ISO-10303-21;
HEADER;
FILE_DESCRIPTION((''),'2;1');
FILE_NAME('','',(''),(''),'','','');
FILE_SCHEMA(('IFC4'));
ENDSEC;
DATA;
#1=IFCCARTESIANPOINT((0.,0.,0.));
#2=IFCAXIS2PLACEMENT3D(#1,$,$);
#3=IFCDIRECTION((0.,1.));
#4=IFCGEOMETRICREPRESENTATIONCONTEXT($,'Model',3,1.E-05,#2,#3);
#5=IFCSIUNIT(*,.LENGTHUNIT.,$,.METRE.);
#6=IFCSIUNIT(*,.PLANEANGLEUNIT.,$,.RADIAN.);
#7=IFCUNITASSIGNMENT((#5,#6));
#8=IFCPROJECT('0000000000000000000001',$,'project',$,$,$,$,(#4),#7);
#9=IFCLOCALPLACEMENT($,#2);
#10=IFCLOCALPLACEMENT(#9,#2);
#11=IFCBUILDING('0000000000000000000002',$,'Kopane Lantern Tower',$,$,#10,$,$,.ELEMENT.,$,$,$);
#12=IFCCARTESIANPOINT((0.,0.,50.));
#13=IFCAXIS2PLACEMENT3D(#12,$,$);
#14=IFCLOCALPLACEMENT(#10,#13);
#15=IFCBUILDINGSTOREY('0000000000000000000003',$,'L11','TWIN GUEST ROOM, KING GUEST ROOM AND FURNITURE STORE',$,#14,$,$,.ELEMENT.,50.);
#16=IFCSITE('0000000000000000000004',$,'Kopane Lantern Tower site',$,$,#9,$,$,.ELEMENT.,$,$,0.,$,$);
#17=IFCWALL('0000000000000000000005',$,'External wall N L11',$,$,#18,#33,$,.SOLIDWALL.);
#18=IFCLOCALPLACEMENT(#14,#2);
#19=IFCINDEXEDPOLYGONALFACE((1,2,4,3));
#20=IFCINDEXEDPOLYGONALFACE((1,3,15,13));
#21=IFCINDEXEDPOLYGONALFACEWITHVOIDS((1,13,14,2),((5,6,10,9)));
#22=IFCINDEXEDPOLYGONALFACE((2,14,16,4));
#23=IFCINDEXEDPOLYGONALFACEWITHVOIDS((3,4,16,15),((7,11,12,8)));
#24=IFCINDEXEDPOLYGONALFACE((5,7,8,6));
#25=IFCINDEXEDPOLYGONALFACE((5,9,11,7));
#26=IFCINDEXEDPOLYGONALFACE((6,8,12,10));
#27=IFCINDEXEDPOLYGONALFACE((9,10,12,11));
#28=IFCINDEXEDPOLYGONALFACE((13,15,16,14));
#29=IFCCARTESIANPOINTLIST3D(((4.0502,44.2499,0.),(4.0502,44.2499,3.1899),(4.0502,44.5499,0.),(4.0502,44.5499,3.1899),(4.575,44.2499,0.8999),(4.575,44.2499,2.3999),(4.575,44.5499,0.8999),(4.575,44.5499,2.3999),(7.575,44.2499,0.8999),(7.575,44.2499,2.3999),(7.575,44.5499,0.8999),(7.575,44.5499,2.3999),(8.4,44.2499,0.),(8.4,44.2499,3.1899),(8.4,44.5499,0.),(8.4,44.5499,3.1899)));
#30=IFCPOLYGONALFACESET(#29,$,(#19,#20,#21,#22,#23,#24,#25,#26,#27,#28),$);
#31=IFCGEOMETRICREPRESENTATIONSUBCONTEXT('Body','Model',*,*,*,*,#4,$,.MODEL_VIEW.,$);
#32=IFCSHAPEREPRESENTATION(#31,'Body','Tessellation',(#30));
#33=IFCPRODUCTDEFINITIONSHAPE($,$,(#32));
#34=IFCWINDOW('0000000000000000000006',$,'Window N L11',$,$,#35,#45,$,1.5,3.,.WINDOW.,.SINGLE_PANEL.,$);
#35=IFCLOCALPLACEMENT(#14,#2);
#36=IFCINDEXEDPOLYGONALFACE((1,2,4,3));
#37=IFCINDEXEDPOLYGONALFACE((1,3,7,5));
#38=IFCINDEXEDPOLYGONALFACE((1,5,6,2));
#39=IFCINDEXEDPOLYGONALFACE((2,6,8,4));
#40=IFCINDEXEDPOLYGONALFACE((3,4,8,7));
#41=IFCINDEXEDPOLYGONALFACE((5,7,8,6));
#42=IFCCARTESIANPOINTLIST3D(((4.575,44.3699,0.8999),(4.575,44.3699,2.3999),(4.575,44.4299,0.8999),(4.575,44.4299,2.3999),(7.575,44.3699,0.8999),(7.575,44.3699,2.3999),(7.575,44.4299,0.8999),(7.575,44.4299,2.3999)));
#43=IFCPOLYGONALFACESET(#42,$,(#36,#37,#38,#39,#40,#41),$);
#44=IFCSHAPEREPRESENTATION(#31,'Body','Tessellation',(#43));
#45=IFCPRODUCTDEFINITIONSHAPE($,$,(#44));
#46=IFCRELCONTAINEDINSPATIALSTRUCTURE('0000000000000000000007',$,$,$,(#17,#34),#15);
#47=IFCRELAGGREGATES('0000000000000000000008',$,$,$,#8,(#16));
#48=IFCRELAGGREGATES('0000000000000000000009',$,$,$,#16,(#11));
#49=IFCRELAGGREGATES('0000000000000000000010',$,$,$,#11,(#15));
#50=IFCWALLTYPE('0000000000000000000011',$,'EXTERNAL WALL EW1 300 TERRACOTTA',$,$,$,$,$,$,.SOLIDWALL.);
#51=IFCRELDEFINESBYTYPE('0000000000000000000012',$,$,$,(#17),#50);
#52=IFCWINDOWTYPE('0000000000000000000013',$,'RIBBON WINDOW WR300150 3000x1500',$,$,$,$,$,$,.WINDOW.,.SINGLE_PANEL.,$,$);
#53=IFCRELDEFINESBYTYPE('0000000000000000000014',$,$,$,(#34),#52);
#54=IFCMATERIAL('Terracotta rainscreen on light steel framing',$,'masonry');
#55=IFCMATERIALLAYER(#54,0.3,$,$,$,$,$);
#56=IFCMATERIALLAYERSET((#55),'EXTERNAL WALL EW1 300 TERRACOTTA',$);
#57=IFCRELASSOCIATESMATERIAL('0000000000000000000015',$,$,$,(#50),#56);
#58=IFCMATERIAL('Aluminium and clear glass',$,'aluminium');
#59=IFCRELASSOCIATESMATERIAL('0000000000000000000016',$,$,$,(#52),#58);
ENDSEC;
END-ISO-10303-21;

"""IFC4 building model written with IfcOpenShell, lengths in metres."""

from ifc_helpers import new_model, si_unit, direction, frame, frame_2d, origin, place, context, subcontext, project, spatial, rectangle, extrude, material, layer, layer_set, type_object, element, fill, save


model = new_model("IFC4")

# Units and contexts
model_context = context("Model", 3, precision=1e-05, world=origin(), true_north=direction((0.0, 1.0)))
body_context = subcontext(model_context, "Body", "Model", "MODEL_VIEW")
ifc_project = project(units=[si_unit("LENGTHUNIT", "METRE"), si_unit("PLANEANGLEUNIT", "RADIAN")], contexts=[model_context])

# Site, building, storey
site_placement = place(None, origin())
site = spatial("IfcSite", under=ifc_project, at=site_placement, Name="Kopane Lantern Tower site", CompositionType="ELEMENT", RefElevation=0.0)
building_placement = place(site_placement, origin())
building = spatial("IfcBuilding", under=site, at=building_placement, Name="Kopane Lantern Tower", CompositionType="ELEMENT")
storey_placement = place(building_placement, frame((0.0, 0.0, 50.0)))
storey = spatial("IfcBuildingStorey", under=building, at=storey_placement, Name="L11", Description="TWIN GUEST ROOM, KING GUEST ROOM AND FURNITURE STORE", CompositionType="ELEMENT", Elevation=50.0)

# Wall, opening, window
ifc_material_1 = material(Name="Terracotta rainscreen on light steel framing", Category="masonry")
ifc_layer_1 = layer(ifc_material_1, 0.3)
ifc_layer_set_1 = layer_set([ifc_layer_1], Name="EXTERNAL WALL EW1 300 TERRACOTTA")
wall_type_1 = type_object("IfcWallType", Name="EXTERNAL WALL EW1 300 TERRACOTTA", PredefinedType="SOLIDWALL", material=ifc_layer_set_1)
ifc_material_2 = material(Name="Aluminium and clear glass", Category="aluminium")
window_type = type_object("IfcWindowType", Name="RIBBON WINDOW WR300150 3000x1500", PartitioningType="SINGLE_PANEL", PredefinedType="WINDOW", material=ifc_material_2)
wall_1_placement = place(storey_placement, frame((8.3999, 44.3999, 0.0), z_axis=(0.0, 0.0, 1.0), x_axis=(-1.0, 0.0, 0.0)))
wall_1 = element("IfcWall", 1, at=wall_1_placement, inside=storey, type_object=wall_type_1, Name="External wall N L11", PredefinedType="SOLIDWALL", context=body_context, shape_type="SweptSolid", body=[
    extrude(rectangle(XDim=4.3499, YDim=0.3, at=frame_2d((2.1748, 0.0))), origin(), (0.0, 0.0, 1.0), 3.1899),
])
opening_1_placement = place(wall_1_placement, frame((0.825, 0.0, 0.8999)))
opening_1 = element("IfcOpeningElement", 2, at=opening_1_placement, cuts=wall_1, PredefinedType="OPENING", context=body_context, shape_type="SweptSolid", body=[
    extrude(rectangle(XDim=3.0, YDim=1.5, at=frame_2d((1.5, 0.75))), frame((0.0, 0.1599, 0.0), z_axis=(0.0, -1.0, 0.0), x_axis=(1.0, 0.0, 0.0)), (0.0, 0.0, 1.0), 0.3201),
])
window_1_placement = place(opening_1_placement, origin())
window_1 = element("IfcWindow", 3, at=window_1_placement, inside=storey, type_object=window_type, Name="Window N L11", OverallHeight=1.5, OverallWidth=3.0, PartitioningType="SINGLE_PANEL", PredefinedType="WINDOW", context=body_context, shape_type="SweptSolid", body=[
    extrude(rectangle(XDim=3.0, YDim=1.5, at=frame_2d((1.5, 0.75))), frame((0.0, 0.03, 0.0), z_axis=(0.0, -1.0, 0.0), x_axis=(1.0, 0.0, 0.0)), (0.0, 0.0, 1.0), 0.0601),
])
fill(opening_1, window_1)

save(model, "model.ifc")
